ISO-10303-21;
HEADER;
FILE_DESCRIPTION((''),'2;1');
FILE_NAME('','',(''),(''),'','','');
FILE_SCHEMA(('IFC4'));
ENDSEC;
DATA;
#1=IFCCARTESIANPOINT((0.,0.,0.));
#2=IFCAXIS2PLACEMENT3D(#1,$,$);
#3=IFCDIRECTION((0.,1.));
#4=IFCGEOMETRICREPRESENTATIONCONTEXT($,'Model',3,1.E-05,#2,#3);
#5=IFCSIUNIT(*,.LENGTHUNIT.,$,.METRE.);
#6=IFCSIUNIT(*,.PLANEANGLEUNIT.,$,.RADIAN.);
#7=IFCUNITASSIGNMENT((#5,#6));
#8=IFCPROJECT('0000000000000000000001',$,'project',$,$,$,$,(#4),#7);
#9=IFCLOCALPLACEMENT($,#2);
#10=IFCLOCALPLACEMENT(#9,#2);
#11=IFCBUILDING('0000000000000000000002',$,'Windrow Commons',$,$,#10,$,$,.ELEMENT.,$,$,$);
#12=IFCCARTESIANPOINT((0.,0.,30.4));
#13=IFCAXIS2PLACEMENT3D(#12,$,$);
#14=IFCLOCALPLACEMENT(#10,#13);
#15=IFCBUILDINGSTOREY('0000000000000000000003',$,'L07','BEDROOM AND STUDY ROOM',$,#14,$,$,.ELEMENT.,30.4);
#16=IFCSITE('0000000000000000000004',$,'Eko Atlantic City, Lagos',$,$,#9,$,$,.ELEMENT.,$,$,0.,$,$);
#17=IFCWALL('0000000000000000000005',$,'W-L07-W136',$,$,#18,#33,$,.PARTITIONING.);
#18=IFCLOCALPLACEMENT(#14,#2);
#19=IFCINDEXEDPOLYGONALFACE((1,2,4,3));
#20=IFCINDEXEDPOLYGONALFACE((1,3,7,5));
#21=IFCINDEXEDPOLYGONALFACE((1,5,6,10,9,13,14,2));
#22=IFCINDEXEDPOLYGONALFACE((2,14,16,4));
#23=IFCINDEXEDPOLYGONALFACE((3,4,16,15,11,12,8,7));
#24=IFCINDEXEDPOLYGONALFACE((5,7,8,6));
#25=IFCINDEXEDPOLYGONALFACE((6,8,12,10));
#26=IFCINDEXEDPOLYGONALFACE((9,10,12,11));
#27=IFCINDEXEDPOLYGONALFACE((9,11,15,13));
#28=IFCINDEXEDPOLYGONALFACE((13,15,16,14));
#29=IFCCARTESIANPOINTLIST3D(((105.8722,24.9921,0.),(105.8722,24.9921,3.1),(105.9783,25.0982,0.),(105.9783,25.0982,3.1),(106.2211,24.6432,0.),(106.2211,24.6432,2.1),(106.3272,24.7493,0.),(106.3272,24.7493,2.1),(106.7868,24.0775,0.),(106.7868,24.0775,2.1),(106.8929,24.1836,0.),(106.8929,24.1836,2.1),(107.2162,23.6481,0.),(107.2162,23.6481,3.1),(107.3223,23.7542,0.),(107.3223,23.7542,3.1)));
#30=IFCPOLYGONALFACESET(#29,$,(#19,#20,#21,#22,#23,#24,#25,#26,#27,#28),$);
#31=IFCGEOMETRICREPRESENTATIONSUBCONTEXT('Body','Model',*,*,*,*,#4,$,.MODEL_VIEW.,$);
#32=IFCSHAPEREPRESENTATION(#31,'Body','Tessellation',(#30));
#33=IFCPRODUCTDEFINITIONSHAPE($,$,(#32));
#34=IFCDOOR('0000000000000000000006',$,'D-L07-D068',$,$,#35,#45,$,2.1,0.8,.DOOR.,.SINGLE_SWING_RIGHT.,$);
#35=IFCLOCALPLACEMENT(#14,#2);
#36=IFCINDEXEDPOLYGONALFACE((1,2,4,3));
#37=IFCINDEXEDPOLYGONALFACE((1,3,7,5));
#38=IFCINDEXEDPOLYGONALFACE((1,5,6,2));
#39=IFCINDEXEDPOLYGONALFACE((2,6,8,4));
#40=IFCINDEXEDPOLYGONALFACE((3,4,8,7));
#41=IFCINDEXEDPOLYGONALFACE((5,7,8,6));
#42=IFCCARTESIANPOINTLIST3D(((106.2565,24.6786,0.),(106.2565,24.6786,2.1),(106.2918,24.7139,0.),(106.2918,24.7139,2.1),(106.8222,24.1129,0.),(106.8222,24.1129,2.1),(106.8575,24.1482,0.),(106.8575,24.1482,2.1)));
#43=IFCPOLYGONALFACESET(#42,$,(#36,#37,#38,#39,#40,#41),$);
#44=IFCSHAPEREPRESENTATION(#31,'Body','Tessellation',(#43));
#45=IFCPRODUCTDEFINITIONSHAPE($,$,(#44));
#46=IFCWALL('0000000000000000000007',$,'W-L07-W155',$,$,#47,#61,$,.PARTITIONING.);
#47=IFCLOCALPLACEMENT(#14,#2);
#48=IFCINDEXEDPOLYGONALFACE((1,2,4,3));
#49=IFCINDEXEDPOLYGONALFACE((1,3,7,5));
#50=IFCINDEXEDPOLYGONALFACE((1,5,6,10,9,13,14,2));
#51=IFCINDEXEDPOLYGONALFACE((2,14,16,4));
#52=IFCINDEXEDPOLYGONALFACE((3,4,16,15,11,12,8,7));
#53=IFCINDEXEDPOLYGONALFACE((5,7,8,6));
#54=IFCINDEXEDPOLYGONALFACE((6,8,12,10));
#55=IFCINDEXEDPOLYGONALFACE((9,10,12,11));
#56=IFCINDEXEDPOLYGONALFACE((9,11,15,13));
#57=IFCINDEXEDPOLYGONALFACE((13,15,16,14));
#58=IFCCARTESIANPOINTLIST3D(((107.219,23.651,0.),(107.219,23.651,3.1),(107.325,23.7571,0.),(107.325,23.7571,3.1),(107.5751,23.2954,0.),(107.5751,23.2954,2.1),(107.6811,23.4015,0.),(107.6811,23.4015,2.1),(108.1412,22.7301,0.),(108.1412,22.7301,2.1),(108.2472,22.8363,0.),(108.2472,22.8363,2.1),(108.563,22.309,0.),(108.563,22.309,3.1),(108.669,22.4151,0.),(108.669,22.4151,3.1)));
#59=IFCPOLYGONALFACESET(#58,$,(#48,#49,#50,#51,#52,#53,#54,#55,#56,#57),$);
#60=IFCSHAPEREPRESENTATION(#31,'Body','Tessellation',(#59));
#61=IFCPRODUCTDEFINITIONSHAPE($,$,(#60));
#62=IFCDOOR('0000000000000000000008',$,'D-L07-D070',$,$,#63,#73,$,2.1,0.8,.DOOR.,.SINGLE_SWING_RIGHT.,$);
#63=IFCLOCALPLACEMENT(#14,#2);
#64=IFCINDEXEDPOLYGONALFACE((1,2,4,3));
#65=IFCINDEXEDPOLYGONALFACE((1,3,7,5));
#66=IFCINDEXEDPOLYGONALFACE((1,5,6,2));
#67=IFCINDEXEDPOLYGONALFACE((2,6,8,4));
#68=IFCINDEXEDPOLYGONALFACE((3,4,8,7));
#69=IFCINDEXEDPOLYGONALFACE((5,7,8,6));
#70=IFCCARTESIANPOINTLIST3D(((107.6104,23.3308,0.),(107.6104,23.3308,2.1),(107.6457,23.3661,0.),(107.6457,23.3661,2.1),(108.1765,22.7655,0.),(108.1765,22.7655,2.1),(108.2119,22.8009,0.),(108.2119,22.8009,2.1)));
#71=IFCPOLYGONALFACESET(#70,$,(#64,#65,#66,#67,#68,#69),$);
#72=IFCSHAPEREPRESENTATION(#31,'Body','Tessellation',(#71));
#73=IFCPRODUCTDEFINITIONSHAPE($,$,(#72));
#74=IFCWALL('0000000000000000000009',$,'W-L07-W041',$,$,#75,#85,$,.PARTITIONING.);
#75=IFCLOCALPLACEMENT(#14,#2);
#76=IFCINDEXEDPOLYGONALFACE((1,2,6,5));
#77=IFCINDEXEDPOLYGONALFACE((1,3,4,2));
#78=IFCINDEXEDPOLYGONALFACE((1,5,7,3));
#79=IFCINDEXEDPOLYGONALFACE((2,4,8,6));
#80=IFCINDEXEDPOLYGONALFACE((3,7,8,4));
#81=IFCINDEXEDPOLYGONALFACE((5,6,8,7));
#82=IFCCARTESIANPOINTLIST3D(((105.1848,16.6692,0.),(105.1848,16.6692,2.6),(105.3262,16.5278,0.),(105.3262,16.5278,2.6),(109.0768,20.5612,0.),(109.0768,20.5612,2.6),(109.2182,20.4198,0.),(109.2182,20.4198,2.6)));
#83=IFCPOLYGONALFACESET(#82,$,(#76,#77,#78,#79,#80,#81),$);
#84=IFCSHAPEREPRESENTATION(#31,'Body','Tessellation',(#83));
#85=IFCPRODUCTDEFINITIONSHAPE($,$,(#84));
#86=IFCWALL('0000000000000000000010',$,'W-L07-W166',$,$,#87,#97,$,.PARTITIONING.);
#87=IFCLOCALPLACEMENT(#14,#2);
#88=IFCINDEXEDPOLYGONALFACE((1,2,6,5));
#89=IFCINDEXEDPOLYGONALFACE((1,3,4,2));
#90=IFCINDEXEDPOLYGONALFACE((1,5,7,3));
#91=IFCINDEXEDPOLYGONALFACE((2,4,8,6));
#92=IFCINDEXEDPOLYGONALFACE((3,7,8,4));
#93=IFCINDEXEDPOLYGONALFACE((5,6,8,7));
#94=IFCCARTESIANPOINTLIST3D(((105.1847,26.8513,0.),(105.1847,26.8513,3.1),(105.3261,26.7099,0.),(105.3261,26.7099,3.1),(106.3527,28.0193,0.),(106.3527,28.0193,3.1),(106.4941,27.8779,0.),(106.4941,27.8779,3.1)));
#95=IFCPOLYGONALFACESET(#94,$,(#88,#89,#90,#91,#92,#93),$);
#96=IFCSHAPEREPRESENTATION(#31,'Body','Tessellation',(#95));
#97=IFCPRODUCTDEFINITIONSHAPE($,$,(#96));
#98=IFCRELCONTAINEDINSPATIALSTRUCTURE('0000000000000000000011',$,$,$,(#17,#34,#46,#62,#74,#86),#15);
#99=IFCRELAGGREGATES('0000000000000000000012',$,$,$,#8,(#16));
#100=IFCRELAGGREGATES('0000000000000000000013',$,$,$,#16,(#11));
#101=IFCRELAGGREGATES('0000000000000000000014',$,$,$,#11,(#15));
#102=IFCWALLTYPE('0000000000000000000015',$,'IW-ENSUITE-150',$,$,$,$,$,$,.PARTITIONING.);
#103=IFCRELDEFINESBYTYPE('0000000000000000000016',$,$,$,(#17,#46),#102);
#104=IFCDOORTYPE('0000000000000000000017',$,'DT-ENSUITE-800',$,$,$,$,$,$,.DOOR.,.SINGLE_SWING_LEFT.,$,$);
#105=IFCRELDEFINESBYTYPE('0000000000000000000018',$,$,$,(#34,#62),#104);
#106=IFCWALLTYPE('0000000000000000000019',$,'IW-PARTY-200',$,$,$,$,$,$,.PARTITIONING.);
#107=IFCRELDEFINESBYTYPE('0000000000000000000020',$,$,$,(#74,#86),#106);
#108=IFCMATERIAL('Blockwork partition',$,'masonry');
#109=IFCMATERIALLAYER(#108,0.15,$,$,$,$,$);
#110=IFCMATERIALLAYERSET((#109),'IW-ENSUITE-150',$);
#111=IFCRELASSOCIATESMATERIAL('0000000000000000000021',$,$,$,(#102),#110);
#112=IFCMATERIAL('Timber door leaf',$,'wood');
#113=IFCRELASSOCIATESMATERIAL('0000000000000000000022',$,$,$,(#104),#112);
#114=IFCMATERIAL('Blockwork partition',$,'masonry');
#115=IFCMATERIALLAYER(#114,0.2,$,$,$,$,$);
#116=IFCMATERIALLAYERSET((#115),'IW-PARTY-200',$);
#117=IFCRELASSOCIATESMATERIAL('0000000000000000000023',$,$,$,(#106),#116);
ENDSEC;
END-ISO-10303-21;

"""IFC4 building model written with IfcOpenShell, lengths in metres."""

from ifc_helpers import new_model, si_unit, direction, frame, frame_2d, origin, place, context, subcontext, project, spatial, rectangle, extrude, material, layer, layer_set, type_object, element, fill, save


model = new_model("IFC4")

# Units and contexts
model_context = context("Model", 3, precision=1e-05, world=origin(), true_north=direction((0.0, 1.0)))
body_context = subcontext(model_context, "Body", "Model", "MODEL_VIEW")
ifc_project = project(units=[si_unit("LENGTHUNIT", "METRE"), si_unit("PLANEANGLEUNIT", "RADIAN")], contexts=[model_context])

# Site, building, storey
site_placement = place(None, origin())
site = spatial("IfcSite", under=ifc_project, at=site_placement, Name="Eko Atlantic City, Lagos", CompositionType="ELEMENT", RefElevation=0.0)
building_placement = place(site_placement, origin())
building = spatial("IfcBuilding", under=site, at=building_placement, Name="Windrow Commons", CompositionType="ELEMENT")
storey_placement = place(building_placement, frame((0.0, 0.0, 30.4)))
storey = spatial("IfcBuildingStorey", under=building, at=storey_placement, Name="L07", Description="BEDROOM AND STUDY ROOM", CompositionType="ELEMENT", Elevation=30.4)

# Shared definitions
ifc_material_1 = material(Name="Blockwork partition", Category="masonry")
ifc_layer_1 = layer(ifc_material_1, 0.15)
ifc_layer_set_1 = layer_set([ifc_layer_1], Name="IW-ENSUITE-150")
wall_type_1 = type_object("IfcWallType", Name="IW-ENSUITE-150", PredefinedType="PARTITIONING", material=ifc_layer_set_1)

# Walls, openings, doors
wall_1_placement = place(storey_placement, frame((105.9252, 25.0452, 0.0), z_axis=(0.0, 0.0, 1.0), x_axis=(0.707107, -0.707107, 0.0)))
wall_1 = element("IfcWall", 1, at=wall_1_placement, inside=storey, type_object=wall_type_1, Name="W-L07-W136", PredefinedType="PARTITIONING", context=body_context, shape_type="SweptSolid", body=[
    extrude(rectangle(XDim=1.9007, YDim=0.15, at=frame_2d((0.9504, 0.0))), origin(), (0.0, 0.0, 1.0), 3.1),
])
opening_1_placement = place(wall_1_placement, frame((0.4935, 0.0, 0.0)))
opening_1 = element("IfcOpeningElement", 2, at=opening_1_placement, cuts=wall_1, PredefinedType="OPENING", context=body_context, shape_type="SweptSolid", body=[
    extrude(rectangle(XDim=0.8, YDim=2.1, at=frame_2d((0.4, 1.05))), frame((0.0, 0.085, 0.0), z_axis=(0.0, -1.0, 0.0), x_axis=(1.0, 0.0, 0.0)), (0.0, 0.0, 1.0), 0.17),
])
ifc_material_2 = material(Name="Timber door leaf", Category="wood")
door_type = type_object("IfcDoorType", Name="DT-ENSUITE-800", OperationType="SINGLE_SWING_LEFT", PredefinedType="DOOR", material=ifc_material_2)
door_1_placement = place(opening_1_placement, origin())
door_1 = element("IfcDoor", 3, at=door_1_placement, inside=storey, type_object=door_type, Name="D-L07-D068", OperationType="SINGLE_SWING_RIGHT", OverallHeight=2.1, OverallWidth=0.8, PredefinedType="DOOR", context=body_context, shape_type="SweptSolid", body=[
    extrude(rectangle(XDim=0.8, YDim=2.1, at=frame_2d((0.4, 1.05))), frame((0.0, 0.025, 0.0), z_axis=(0.0, -1.0, 0.0), x_axis=(1.0, 0.0, 0.0)), (0.0, 0.0, 1.0), 0.05),
])
fill(opening_1, door_1)
wall_2_placement = place(storey_placement, frame((107.272, 23.704, 0.0), z_axis=(0.0, 0.0, 1.0), x_axis=(0.707633, -0.70658, 0.0)))
wall_2 = element("IfcWall", 4, at=wall_2_placement, inside=storey, type_object=wall_type_1, Name="W-L07-W155", PredefinedType="PARTITIONING", context=body_context, shape_type="SweptSolid", body=[
    extrude(rectangle(XDim=1.8993, YDim=0.15, at=frame_2d((0.9496, 0.0))), origin(), (0.0, 0.0, 1.0), 3.1),
])
opening_2_placement = place(wall_2_placement, frame((0.5032, 0.0, 0.0)))
opening_2 = element("IfcOpeningElement", 5, at=opening_2_placement, cuts=wall_2, PredefinedType="OPENING", context=body_context, shape_type="SweptSolid", body=[
    extrude(rectangle(XDim=0.8, YDim=2.1, at=frame_2d((0.4, 1.05))), frame((0.0, 0.085, 0.0), z_axis=(0.0, -1.0, 0.0), x_axis=(1.0, 0.0, 0.0)), (0.0, 0.0, 1.0), 0.17),
])
door_2_placement = place(opening_2_placement, origin())
door_2 = element("IfcDoor", 6, at=door_2_placement, inside=storey, type_object=door_type, Name="D-L07-D070", OperationType="SINGLE_SWING_RIGHT", OverallHeight=2.1, OverallWidth=0.8, PredefinedType="DOOR", context=body_context, shape_type="SweptSolid", body=[
    extrude(rectangle(XDim=0.8, YDim=2.1, at=frame_2d((0.4, 1.05))), frame((0.0, 0.025, 0.0), z_axis=(0.0, -1.0, 0.0), x_axis=(1.0, 0.0, 0.0)), (0.0, 0.0, 1.0), 0.05),
])
fill(opening_2, door_2)

# Walls
ifc_material_3 = material(Name="Blockwork partition", Category="masonry")
ifc_layer_2 = layer(ifc_material_3, 0.2)
ifc_layer_set_2 = layer_set([ifc_layer_2], Name="IW-PARTY-200")
wall_type_2 = type_object("IfcWallType", Name="IW-PARTY-200", PredefinedType="PARTITIONING", material=ifc_layer_set_2)
wall_3_placement = place(storey_placement, frame((105.2555, 16.5985, 0.0), z_axis=(0.0, 0.0, 1.0), x_axis=(0.707107, 0.707107, 0.0)))
element("IfcWall", 7, at=wall_3_placement, inside=storey, type_object=wall_type_2, Name="W-L07-W041", PredefinedType="PARTITIONING", context=body_context, shape_type="SweptSolid", body=[
    extrude(rectangle(XDim=5.5041, YDim=0.2, at=frame_2d((2.7521, 0.0))), origin(), (0.0, 0.0, 1.0), 2.6),
])
wall_4_placement = place(storey_placement, frame((105.2554, 26.7806, 0.0), z_axis=(0.0, 0.0, 1.0), x_axis=(0.707107, 0.707107, 0.0)))
element("IfcWall", 8, at=wall_4_placement, inside=storey, type_object=wall_type_2, Name="W-L07-W166", PredefinedType="PARTITIONING", context=body_context, shape_type="SweptSolid", body=[
    extrude(rectangle(XDim=1.6518, YDim=0.2, at=frame_2d((0.8259, 0.0))), origin(), (0.0, 0.0, 1.0), 3.1),
])

save(model, "model.ifc")
